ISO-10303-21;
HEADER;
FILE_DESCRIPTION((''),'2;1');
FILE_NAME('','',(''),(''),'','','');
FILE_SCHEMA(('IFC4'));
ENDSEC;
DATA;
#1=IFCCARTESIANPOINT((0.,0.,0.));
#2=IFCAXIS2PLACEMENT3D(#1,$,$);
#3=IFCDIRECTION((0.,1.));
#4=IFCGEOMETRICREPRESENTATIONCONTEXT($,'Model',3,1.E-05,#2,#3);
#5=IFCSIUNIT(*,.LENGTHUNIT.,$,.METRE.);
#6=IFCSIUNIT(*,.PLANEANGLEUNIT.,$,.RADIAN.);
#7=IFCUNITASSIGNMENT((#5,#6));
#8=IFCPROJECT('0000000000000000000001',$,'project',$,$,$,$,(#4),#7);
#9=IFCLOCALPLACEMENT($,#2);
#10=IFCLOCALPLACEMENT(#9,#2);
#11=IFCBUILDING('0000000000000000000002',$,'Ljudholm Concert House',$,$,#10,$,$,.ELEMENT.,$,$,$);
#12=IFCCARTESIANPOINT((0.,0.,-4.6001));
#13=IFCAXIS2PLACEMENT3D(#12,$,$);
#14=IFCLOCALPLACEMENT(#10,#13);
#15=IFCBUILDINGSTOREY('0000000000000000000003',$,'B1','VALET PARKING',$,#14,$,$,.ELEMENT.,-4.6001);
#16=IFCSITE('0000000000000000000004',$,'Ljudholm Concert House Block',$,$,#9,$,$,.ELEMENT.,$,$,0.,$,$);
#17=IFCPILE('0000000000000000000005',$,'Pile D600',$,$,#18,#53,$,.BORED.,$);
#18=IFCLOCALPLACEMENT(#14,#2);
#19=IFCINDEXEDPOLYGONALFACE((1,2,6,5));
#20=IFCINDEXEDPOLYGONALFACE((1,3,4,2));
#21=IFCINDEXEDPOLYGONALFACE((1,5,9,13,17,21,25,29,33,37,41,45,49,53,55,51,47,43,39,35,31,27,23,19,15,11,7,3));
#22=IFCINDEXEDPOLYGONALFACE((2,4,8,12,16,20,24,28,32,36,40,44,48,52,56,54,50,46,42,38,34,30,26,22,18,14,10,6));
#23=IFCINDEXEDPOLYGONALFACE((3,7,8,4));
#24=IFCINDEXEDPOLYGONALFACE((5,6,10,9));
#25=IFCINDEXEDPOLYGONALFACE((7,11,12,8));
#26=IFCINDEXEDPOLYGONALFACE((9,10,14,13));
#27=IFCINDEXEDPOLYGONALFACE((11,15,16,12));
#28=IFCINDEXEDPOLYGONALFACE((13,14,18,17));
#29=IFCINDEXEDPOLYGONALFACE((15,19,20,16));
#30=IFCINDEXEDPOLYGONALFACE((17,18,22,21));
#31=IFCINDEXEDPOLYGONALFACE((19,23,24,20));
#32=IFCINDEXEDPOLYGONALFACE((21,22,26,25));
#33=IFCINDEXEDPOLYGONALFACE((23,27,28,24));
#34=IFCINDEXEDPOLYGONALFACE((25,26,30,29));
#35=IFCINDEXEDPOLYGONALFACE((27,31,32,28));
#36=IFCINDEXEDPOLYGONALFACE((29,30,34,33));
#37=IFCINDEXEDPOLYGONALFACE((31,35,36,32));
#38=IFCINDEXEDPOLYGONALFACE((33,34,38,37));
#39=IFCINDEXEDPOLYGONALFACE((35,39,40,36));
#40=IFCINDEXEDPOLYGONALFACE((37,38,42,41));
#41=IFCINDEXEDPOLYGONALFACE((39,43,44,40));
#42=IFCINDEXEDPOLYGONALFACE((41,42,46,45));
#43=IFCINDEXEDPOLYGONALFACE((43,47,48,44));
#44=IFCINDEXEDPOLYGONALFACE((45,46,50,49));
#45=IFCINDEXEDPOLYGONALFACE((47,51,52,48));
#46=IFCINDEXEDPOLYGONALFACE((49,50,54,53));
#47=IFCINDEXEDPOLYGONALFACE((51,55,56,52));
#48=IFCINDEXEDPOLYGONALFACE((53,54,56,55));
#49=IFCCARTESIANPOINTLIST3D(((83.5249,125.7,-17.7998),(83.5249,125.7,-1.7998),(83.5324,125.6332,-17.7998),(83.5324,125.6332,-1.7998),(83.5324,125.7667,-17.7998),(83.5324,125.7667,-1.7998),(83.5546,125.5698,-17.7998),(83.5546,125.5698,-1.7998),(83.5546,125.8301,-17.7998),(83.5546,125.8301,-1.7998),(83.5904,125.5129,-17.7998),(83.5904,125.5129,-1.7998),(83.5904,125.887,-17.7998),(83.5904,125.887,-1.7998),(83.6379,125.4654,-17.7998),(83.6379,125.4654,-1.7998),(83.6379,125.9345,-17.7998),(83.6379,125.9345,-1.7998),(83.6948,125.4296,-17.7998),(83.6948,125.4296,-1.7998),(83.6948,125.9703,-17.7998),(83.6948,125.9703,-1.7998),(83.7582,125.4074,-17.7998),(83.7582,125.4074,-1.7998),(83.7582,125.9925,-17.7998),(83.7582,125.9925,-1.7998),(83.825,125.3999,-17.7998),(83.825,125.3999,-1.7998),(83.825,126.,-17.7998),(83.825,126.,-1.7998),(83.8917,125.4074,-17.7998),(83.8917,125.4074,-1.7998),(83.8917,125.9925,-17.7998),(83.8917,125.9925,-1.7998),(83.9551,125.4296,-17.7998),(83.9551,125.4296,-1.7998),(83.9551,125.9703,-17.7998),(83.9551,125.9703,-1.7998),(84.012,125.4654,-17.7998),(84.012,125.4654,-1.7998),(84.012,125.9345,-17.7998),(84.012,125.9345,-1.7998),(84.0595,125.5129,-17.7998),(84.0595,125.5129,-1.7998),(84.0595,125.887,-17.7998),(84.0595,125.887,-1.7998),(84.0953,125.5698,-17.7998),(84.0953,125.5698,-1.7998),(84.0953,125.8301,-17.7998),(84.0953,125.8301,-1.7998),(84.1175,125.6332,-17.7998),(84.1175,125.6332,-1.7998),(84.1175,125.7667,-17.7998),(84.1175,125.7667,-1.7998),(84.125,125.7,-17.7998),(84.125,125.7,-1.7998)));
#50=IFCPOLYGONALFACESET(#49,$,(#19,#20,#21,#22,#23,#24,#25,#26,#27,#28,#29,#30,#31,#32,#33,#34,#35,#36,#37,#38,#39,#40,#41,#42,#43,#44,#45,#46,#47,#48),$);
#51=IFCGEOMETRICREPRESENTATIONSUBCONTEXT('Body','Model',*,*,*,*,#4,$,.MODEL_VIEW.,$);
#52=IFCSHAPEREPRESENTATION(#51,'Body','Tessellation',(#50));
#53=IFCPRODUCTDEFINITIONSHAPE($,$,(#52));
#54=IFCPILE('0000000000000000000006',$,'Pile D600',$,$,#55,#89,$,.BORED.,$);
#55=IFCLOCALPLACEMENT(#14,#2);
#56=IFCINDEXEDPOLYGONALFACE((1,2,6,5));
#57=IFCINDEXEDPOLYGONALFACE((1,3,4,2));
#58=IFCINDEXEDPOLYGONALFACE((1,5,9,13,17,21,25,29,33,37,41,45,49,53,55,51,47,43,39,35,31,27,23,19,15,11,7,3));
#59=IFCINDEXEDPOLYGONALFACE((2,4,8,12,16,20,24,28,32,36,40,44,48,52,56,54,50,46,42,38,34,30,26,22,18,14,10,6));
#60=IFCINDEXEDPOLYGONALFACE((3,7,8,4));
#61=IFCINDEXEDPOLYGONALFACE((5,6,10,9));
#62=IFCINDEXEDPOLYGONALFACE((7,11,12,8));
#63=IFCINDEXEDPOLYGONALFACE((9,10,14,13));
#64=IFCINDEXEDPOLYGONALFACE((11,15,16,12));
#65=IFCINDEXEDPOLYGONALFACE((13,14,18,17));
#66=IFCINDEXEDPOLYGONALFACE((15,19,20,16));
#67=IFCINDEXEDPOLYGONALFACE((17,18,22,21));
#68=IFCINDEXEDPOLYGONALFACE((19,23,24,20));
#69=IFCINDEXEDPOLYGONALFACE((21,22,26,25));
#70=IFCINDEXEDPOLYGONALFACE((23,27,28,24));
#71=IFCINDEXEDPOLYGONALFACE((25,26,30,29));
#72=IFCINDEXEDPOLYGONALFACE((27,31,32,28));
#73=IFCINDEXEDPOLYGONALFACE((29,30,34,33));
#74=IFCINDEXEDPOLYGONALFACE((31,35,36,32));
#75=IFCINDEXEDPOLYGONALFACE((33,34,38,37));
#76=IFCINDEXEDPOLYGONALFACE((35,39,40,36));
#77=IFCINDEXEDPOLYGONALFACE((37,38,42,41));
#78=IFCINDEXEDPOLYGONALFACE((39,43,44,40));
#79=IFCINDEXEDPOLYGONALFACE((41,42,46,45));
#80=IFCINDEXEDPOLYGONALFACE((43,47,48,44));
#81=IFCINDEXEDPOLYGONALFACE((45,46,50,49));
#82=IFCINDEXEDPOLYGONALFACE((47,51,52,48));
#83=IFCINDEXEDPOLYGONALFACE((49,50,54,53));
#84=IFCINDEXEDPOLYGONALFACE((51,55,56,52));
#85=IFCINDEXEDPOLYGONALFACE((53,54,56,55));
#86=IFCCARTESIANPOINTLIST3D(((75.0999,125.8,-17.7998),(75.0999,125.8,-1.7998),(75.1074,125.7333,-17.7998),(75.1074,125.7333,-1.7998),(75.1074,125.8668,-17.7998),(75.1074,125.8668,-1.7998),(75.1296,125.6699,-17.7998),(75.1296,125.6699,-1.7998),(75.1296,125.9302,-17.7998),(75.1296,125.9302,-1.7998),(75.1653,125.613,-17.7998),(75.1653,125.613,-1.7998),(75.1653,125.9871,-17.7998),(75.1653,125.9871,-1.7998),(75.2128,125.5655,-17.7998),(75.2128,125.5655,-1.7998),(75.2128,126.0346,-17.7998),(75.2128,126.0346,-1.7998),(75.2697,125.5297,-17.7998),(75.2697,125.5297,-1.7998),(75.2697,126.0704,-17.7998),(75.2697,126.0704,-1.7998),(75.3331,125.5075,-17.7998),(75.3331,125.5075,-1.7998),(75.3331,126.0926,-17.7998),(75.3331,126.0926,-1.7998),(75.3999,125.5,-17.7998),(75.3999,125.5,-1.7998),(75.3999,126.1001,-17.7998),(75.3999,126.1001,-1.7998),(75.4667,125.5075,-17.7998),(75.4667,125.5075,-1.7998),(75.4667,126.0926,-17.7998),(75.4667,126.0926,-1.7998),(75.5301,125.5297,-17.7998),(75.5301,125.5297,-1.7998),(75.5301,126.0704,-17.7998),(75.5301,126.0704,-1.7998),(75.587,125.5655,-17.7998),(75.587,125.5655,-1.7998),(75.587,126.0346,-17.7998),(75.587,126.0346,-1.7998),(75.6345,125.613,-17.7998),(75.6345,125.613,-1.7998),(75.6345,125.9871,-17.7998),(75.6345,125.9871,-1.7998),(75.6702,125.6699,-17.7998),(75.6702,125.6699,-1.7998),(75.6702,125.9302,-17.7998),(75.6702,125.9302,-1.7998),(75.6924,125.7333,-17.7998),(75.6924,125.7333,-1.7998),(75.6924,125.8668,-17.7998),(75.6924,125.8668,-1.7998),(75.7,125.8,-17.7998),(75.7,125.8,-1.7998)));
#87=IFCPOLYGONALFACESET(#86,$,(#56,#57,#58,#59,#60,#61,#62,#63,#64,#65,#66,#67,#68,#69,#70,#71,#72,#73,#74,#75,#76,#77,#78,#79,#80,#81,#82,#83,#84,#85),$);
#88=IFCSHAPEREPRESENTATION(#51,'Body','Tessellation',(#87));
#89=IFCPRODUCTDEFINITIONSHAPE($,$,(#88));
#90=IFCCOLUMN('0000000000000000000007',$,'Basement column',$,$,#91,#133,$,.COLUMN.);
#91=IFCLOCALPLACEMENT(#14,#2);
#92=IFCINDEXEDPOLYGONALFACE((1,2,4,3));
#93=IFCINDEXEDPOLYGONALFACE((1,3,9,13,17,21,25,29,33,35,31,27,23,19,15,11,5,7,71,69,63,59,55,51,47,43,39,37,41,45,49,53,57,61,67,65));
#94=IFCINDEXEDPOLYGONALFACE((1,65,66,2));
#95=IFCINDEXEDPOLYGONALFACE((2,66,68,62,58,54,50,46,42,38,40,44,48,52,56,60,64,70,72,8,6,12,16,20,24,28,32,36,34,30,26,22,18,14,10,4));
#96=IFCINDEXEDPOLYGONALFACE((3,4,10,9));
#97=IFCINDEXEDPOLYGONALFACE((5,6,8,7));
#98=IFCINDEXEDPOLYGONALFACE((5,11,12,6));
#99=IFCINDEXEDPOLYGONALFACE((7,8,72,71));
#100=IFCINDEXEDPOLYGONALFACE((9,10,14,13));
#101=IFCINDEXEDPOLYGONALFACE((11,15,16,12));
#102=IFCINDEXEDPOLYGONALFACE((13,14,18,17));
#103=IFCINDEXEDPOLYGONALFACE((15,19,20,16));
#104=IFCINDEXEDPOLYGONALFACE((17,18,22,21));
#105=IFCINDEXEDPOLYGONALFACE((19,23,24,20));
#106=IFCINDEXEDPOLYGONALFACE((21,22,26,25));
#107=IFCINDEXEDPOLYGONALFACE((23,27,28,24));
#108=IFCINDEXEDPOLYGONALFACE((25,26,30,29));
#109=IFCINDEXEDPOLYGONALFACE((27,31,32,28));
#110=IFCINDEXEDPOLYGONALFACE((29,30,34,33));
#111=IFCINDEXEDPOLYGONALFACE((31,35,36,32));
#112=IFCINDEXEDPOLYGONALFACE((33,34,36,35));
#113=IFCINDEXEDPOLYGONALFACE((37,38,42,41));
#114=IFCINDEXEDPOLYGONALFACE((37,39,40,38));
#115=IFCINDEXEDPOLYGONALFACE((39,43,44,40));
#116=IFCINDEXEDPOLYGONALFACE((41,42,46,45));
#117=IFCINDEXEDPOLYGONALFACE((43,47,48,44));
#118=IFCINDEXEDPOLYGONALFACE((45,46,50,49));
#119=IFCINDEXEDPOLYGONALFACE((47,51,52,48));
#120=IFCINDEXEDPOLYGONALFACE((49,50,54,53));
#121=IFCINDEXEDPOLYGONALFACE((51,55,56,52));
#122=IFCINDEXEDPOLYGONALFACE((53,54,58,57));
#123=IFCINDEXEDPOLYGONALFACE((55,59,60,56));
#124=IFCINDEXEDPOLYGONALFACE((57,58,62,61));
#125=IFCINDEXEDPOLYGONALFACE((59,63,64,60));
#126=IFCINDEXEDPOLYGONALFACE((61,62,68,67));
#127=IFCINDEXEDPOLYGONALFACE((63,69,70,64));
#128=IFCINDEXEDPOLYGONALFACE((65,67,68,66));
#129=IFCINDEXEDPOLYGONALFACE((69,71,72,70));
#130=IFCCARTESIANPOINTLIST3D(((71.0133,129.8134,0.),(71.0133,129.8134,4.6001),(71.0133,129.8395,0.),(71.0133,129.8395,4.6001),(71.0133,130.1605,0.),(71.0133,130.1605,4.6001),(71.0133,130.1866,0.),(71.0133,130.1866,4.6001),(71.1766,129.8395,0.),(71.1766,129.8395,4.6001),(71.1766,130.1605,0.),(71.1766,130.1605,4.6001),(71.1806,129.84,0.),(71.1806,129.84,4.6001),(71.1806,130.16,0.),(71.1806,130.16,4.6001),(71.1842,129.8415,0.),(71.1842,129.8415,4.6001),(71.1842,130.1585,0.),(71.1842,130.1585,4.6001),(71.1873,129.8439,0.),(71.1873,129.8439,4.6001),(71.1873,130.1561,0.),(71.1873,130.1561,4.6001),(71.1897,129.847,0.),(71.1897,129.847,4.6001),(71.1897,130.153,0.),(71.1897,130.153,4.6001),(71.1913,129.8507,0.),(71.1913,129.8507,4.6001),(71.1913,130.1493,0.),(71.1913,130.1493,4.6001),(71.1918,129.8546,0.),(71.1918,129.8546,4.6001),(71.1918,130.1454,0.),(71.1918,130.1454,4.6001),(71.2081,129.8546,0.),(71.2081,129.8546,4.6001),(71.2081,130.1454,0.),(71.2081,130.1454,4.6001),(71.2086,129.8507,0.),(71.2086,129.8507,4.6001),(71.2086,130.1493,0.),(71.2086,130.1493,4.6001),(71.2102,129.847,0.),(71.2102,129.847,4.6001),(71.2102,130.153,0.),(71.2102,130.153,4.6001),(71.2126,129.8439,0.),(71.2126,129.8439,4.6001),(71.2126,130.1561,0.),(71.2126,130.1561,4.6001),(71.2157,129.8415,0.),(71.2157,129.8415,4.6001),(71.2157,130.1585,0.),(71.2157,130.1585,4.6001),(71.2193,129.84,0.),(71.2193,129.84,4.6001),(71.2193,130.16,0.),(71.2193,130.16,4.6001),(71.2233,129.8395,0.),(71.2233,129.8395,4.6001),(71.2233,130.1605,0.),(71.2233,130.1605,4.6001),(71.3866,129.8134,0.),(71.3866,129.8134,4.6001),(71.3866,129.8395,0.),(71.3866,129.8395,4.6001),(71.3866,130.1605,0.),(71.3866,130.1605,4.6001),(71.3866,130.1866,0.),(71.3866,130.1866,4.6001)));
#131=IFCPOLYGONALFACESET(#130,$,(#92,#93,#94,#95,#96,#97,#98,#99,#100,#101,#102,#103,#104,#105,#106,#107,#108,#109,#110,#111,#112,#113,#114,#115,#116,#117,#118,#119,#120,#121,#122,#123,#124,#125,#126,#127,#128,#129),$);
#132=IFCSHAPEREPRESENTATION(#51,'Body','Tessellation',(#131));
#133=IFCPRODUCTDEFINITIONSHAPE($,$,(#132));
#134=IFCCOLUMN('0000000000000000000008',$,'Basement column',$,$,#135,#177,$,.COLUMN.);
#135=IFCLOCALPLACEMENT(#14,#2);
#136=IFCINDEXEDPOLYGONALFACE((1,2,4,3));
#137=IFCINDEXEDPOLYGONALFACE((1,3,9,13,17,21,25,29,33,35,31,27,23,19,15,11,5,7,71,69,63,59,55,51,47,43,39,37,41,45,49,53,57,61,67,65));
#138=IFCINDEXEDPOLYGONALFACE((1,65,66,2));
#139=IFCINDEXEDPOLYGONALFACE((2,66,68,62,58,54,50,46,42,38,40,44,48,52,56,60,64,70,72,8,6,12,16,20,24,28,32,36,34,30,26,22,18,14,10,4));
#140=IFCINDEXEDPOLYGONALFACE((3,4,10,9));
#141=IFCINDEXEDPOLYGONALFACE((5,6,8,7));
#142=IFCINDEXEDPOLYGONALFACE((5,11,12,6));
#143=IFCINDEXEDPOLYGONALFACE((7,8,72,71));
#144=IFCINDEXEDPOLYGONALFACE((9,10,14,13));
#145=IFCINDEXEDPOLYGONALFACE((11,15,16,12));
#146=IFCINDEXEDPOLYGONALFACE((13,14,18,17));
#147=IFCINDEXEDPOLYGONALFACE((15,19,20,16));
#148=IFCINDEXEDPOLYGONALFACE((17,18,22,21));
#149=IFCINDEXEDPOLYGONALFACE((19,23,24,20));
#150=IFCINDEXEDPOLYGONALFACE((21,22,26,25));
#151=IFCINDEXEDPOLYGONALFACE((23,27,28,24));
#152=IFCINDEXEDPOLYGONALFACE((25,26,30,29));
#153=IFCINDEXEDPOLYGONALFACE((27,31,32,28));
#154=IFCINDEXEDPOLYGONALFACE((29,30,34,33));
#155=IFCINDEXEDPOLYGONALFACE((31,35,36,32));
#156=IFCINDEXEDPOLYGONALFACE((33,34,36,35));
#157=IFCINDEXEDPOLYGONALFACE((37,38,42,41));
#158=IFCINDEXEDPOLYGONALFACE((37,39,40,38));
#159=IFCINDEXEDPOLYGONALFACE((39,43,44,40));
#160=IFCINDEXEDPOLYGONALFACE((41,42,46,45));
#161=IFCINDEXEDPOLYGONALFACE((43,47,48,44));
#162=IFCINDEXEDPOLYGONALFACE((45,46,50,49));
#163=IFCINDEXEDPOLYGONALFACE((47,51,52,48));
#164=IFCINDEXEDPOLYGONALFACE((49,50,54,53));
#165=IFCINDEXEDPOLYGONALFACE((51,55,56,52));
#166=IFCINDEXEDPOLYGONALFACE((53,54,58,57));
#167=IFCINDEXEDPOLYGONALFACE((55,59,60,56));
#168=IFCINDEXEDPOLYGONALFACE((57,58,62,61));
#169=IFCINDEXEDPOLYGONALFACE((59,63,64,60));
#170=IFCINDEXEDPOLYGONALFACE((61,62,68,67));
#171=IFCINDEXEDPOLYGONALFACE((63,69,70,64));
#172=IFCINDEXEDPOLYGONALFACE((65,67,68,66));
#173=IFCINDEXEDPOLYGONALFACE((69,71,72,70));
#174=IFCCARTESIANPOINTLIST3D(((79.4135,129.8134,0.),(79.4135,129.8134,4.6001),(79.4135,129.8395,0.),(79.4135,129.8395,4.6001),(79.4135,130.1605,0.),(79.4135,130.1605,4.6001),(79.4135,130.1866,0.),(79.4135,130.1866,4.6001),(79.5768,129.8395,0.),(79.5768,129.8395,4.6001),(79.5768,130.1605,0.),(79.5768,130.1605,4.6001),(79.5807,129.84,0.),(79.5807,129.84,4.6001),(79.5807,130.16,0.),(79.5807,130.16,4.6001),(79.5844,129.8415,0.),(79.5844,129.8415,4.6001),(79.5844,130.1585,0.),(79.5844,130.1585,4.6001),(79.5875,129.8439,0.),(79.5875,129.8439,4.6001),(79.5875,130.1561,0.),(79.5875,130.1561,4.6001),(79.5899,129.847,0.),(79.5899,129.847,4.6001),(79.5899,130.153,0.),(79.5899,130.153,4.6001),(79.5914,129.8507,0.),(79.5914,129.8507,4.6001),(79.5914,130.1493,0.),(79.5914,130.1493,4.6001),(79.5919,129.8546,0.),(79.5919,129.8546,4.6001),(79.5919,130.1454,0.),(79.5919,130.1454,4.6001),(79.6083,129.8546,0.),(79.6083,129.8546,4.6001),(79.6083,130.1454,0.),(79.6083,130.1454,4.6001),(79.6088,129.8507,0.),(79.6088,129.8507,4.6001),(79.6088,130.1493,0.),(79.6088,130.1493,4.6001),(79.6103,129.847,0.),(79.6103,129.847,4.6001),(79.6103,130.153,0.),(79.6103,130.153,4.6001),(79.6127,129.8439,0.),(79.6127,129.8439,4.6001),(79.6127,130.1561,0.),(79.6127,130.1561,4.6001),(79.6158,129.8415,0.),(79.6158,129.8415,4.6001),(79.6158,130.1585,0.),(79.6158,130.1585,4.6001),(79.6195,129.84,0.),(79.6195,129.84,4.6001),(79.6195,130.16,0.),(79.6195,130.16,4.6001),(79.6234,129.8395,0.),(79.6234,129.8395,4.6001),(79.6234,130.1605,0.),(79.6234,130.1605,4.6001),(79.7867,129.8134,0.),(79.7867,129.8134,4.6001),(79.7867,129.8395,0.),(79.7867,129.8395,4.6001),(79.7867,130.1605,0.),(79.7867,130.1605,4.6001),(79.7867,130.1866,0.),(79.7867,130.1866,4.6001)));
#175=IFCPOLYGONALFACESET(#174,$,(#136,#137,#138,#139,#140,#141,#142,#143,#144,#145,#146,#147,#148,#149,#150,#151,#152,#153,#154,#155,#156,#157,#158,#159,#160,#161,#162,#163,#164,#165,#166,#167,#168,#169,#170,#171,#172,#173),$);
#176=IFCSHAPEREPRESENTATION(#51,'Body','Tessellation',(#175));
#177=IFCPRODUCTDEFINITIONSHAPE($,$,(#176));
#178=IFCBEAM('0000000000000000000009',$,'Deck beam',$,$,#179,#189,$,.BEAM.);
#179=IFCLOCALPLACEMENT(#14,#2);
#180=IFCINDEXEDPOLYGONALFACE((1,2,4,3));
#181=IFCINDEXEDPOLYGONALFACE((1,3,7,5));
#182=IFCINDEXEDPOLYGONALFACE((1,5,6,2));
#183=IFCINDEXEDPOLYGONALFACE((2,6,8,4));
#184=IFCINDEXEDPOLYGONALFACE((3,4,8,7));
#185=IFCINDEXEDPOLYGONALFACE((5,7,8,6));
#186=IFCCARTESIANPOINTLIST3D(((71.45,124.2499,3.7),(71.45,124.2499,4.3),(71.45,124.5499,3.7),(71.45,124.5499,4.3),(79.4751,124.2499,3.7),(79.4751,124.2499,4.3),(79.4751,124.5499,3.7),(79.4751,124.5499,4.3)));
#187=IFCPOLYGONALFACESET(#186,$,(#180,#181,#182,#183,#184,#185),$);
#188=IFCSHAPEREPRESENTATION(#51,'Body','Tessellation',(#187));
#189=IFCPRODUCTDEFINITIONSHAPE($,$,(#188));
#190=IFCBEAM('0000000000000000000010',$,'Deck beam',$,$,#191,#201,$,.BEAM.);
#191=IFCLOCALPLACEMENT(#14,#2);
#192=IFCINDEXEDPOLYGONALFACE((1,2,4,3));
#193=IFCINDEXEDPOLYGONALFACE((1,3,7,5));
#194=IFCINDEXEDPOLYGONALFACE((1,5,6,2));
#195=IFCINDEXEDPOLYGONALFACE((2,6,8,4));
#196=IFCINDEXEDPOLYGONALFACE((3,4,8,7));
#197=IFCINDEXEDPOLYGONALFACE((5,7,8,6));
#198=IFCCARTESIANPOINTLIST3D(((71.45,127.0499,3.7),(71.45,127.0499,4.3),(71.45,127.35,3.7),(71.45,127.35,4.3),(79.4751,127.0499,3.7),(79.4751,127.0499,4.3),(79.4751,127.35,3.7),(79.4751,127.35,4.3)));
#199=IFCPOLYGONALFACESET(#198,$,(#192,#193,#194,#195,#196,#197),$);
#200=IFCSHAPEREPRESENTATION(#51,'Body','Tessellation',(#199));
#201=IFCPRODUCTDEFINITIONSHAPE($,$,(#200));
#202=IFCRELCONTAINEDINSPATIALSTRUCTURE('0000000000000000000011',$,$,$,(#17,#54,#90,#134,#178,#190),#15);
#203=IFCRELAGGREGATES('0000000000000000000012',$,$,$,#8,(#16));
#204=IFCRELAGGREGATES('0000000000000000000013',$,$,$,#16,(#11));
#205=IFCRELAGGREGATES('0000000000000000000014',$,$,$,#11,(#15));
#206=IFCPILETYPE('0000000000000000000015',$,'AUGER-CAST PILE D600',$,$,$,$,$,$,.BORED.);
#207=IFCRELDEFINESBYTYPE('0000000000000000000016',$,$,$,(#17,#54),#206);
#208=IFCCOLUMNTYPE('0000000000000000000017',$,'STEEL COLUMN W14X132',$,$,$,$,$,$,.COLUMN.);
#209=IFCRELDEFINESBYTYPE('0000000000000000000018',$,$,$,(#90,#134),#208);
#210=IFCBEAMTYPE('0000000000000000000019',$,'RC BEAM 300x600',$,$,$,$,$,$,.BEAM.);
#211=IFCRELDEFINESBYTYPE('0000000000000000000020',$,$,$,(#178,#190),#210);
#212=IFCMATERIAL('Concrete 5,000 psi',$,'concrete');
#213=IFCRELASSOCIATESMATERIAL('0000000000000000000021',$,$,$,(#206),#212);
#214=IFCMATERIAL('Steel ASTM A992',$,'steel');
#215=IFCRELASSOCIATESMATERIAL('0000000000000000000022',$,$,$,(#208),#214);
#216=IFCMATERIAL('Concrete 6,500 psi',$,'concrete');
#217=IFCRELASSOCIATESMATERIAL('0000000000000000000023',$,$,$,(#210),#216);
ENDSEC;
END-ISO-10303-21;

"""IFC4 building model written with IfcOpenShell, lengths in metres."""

from ifc_helpers import new_model, si_unit, direction, frame, origin, origin_2d, place, context, subcontext, project, spatial, rectangle, circle, i_section, extrude, material, material_profile, profile_set, type_object, element, save


model = new_model("IFC4")

# Units and contexts
model_context = context("Model", 3, precision=1e-05, world=origin(), true_north=direction((0.0, 1.0)))
body_context = subcontext(model_context, "Body", "Model", "MODEL_VIEW")
ifc_project = project(units=[si_unit("LENGTHUNIT", "METRE"), si_unit("PLANEANGLEUNIT", "RADIAN")], contexts=[model_context])

# Site, building, storey
site_placement = place(None, origin())
site = spatial("IfcSite", under=ifc_project, at=site_placement, Name="Ljudholm Concert House Block", CompositionType="ELEMENT", RefElevation=0.0)
building_placement = place(site_placement, origin())
building = spatial("IfcBuilding", under=site, at=building_placement, Name="Ljudholm Concert House", CompositionType="ELEMENT")
storey_placement = place(building_placement, frame((0.0, 0.0, -4.6001)))
storey = spatial("IfcBuildingStorey", under=building, at=storey_placement, Name="B1", Description="VALET PARKING", CompositionType="ELEMENT", Elevation=-4.6001)

# Piles
ifc_material_1 = material(Name="Concrete 5,000 psi", Category="concrete")
ifc_material_profile_1 = material_profile(ifc_material_1, circle(Radius=0.3, at=origin_2d()), Name="AUGER-CAST PILE D600")
ifc_profile_set_1 = profile_set([ifc_material_profile_1], Name="Concrete 5,000 psi")
pile_type = type_object("IfcPileType", Name="AUGER-CAST PILE D600", PredefinedType="BORED", material=ifc_profile_set_1)
for number, where, z_axis, x_axis, name in (
    (1, (83.825, 125.7, -1.7998), (0.0, 0.0, -1.0), (1.0, 0.0, 0.0), "Pile D600"),
    (2, (75.3999, 125.8, -1.7998), (0.0, 0.0, -1.0), (1.0, 0.0, 0.0), "Pile D600"),
):
    element("IfcPile", number, at=place(storey_placement, frame(where, z_axis=z_axis, x_axis=x_axis)), inside=storey, type_object=pile_type, Name=name, PredefinedType="BORED", context=body_context, shape_type="SweptSolid", body=[
        extrude(circle(Radius=0.3, at=origin_2d()), origin(), (0.0, 0.0, 1.0), 16.0),
    ])

# Columns
ifc_material_2 = material(Name="Steel ASTM A992", Category="steel")
ifc_material_profile_2 = material_profile(ifc_material_2, i_section(OverallWidth=0.3733, OverallDepth=0.3733, WebThickness=0.0164, FlangeThickness=0.0261, FilletRadius=0.0151, at=origin_2d()), Name="W14X132")
ifc_profile_set_2 = profile_set([ifc_material_profile_2], Name="Steel ASTM A992")
column_type = type_object("IfcColumnType", Name="STEEL COLUMN W14X132", PredefinedType="COLUMN", material=ifc_profile_set_2)
for number, where, z_axis, x_axis, name in (
    (3, (71.2, 130.0, 0.0), (0.0, 0.0, 1.0), (1.0, 0.0, 0.0), "Basement column"),
    (4, (79.6001, 130.0, 0.0), (0.0, 0.0, 1.0), (1.0, 0.0, 0.0), "Basement column"),
):
    element("IfcColumn", number, at=place(storey_placement, frame(where, z_axis=z_axis, x_axis=x_axis)), inside=storey, type_object=column_type, Name=name, PredefinedType="COLUMN", context=body_context, shape_type="SweptSolid", body=[
        extrude(i_section(OverallWidth=0.3733, OverallDepth=0.3733, WebThickness=0.0164, FlangeThickness=0.0261, FilletRadius=0.0151, at=origin_2d()), origin(), (0.0, 0.0, 1.0), 4.6001),
    ])

# Beams
ifc_material_3 = material(Name="Concrete 6,500 psi", Category="concrete")
ifc_material_profile_3 = material_profile(ifc_material_3, rectangle(XDim=0.3, YDim=0.6001, at=origin_2d()), Name="RC BEAM 300x600")
ifc_profile_set_3 = profile_set([ifc_material_profile_3], Name="Concrete 6,500 psi")
beam_type_1 = type_object("IfcBeamType", Name="RC BEAM 300x600", PredefinedType="BEAM", material=ifc_profile_set_3)
for number, where, z_axis, x_axis, name in (
    (5, (71.45, 124.3999, 4.0), (1.0, 0.0, 0.0), (0.0, 1.0, 0.0), "Deck beam"),
    (6, (71.45, 127.2, 4.0), (1.0, 0.0, 0.0), (0.0, 1.0, 0.0), "Deck beam"),
):
    element("IfcBeam", number, at=place(storey_placement, frame(where, z_axis=z_axis, x_axis=x_axis)), inside=storey, type_object=beam_type_1, Name=name, PredefinedType="BEAM", context=body_context, shape_type="SweptSolid", body=[
        extrude(rectangle(XDim=0.3, YDim=0.6001, at=origin_2d()), origin(), (0.0, 0.0, 1.0), 8.0251),
    ])

save(model, "model.ifc")
